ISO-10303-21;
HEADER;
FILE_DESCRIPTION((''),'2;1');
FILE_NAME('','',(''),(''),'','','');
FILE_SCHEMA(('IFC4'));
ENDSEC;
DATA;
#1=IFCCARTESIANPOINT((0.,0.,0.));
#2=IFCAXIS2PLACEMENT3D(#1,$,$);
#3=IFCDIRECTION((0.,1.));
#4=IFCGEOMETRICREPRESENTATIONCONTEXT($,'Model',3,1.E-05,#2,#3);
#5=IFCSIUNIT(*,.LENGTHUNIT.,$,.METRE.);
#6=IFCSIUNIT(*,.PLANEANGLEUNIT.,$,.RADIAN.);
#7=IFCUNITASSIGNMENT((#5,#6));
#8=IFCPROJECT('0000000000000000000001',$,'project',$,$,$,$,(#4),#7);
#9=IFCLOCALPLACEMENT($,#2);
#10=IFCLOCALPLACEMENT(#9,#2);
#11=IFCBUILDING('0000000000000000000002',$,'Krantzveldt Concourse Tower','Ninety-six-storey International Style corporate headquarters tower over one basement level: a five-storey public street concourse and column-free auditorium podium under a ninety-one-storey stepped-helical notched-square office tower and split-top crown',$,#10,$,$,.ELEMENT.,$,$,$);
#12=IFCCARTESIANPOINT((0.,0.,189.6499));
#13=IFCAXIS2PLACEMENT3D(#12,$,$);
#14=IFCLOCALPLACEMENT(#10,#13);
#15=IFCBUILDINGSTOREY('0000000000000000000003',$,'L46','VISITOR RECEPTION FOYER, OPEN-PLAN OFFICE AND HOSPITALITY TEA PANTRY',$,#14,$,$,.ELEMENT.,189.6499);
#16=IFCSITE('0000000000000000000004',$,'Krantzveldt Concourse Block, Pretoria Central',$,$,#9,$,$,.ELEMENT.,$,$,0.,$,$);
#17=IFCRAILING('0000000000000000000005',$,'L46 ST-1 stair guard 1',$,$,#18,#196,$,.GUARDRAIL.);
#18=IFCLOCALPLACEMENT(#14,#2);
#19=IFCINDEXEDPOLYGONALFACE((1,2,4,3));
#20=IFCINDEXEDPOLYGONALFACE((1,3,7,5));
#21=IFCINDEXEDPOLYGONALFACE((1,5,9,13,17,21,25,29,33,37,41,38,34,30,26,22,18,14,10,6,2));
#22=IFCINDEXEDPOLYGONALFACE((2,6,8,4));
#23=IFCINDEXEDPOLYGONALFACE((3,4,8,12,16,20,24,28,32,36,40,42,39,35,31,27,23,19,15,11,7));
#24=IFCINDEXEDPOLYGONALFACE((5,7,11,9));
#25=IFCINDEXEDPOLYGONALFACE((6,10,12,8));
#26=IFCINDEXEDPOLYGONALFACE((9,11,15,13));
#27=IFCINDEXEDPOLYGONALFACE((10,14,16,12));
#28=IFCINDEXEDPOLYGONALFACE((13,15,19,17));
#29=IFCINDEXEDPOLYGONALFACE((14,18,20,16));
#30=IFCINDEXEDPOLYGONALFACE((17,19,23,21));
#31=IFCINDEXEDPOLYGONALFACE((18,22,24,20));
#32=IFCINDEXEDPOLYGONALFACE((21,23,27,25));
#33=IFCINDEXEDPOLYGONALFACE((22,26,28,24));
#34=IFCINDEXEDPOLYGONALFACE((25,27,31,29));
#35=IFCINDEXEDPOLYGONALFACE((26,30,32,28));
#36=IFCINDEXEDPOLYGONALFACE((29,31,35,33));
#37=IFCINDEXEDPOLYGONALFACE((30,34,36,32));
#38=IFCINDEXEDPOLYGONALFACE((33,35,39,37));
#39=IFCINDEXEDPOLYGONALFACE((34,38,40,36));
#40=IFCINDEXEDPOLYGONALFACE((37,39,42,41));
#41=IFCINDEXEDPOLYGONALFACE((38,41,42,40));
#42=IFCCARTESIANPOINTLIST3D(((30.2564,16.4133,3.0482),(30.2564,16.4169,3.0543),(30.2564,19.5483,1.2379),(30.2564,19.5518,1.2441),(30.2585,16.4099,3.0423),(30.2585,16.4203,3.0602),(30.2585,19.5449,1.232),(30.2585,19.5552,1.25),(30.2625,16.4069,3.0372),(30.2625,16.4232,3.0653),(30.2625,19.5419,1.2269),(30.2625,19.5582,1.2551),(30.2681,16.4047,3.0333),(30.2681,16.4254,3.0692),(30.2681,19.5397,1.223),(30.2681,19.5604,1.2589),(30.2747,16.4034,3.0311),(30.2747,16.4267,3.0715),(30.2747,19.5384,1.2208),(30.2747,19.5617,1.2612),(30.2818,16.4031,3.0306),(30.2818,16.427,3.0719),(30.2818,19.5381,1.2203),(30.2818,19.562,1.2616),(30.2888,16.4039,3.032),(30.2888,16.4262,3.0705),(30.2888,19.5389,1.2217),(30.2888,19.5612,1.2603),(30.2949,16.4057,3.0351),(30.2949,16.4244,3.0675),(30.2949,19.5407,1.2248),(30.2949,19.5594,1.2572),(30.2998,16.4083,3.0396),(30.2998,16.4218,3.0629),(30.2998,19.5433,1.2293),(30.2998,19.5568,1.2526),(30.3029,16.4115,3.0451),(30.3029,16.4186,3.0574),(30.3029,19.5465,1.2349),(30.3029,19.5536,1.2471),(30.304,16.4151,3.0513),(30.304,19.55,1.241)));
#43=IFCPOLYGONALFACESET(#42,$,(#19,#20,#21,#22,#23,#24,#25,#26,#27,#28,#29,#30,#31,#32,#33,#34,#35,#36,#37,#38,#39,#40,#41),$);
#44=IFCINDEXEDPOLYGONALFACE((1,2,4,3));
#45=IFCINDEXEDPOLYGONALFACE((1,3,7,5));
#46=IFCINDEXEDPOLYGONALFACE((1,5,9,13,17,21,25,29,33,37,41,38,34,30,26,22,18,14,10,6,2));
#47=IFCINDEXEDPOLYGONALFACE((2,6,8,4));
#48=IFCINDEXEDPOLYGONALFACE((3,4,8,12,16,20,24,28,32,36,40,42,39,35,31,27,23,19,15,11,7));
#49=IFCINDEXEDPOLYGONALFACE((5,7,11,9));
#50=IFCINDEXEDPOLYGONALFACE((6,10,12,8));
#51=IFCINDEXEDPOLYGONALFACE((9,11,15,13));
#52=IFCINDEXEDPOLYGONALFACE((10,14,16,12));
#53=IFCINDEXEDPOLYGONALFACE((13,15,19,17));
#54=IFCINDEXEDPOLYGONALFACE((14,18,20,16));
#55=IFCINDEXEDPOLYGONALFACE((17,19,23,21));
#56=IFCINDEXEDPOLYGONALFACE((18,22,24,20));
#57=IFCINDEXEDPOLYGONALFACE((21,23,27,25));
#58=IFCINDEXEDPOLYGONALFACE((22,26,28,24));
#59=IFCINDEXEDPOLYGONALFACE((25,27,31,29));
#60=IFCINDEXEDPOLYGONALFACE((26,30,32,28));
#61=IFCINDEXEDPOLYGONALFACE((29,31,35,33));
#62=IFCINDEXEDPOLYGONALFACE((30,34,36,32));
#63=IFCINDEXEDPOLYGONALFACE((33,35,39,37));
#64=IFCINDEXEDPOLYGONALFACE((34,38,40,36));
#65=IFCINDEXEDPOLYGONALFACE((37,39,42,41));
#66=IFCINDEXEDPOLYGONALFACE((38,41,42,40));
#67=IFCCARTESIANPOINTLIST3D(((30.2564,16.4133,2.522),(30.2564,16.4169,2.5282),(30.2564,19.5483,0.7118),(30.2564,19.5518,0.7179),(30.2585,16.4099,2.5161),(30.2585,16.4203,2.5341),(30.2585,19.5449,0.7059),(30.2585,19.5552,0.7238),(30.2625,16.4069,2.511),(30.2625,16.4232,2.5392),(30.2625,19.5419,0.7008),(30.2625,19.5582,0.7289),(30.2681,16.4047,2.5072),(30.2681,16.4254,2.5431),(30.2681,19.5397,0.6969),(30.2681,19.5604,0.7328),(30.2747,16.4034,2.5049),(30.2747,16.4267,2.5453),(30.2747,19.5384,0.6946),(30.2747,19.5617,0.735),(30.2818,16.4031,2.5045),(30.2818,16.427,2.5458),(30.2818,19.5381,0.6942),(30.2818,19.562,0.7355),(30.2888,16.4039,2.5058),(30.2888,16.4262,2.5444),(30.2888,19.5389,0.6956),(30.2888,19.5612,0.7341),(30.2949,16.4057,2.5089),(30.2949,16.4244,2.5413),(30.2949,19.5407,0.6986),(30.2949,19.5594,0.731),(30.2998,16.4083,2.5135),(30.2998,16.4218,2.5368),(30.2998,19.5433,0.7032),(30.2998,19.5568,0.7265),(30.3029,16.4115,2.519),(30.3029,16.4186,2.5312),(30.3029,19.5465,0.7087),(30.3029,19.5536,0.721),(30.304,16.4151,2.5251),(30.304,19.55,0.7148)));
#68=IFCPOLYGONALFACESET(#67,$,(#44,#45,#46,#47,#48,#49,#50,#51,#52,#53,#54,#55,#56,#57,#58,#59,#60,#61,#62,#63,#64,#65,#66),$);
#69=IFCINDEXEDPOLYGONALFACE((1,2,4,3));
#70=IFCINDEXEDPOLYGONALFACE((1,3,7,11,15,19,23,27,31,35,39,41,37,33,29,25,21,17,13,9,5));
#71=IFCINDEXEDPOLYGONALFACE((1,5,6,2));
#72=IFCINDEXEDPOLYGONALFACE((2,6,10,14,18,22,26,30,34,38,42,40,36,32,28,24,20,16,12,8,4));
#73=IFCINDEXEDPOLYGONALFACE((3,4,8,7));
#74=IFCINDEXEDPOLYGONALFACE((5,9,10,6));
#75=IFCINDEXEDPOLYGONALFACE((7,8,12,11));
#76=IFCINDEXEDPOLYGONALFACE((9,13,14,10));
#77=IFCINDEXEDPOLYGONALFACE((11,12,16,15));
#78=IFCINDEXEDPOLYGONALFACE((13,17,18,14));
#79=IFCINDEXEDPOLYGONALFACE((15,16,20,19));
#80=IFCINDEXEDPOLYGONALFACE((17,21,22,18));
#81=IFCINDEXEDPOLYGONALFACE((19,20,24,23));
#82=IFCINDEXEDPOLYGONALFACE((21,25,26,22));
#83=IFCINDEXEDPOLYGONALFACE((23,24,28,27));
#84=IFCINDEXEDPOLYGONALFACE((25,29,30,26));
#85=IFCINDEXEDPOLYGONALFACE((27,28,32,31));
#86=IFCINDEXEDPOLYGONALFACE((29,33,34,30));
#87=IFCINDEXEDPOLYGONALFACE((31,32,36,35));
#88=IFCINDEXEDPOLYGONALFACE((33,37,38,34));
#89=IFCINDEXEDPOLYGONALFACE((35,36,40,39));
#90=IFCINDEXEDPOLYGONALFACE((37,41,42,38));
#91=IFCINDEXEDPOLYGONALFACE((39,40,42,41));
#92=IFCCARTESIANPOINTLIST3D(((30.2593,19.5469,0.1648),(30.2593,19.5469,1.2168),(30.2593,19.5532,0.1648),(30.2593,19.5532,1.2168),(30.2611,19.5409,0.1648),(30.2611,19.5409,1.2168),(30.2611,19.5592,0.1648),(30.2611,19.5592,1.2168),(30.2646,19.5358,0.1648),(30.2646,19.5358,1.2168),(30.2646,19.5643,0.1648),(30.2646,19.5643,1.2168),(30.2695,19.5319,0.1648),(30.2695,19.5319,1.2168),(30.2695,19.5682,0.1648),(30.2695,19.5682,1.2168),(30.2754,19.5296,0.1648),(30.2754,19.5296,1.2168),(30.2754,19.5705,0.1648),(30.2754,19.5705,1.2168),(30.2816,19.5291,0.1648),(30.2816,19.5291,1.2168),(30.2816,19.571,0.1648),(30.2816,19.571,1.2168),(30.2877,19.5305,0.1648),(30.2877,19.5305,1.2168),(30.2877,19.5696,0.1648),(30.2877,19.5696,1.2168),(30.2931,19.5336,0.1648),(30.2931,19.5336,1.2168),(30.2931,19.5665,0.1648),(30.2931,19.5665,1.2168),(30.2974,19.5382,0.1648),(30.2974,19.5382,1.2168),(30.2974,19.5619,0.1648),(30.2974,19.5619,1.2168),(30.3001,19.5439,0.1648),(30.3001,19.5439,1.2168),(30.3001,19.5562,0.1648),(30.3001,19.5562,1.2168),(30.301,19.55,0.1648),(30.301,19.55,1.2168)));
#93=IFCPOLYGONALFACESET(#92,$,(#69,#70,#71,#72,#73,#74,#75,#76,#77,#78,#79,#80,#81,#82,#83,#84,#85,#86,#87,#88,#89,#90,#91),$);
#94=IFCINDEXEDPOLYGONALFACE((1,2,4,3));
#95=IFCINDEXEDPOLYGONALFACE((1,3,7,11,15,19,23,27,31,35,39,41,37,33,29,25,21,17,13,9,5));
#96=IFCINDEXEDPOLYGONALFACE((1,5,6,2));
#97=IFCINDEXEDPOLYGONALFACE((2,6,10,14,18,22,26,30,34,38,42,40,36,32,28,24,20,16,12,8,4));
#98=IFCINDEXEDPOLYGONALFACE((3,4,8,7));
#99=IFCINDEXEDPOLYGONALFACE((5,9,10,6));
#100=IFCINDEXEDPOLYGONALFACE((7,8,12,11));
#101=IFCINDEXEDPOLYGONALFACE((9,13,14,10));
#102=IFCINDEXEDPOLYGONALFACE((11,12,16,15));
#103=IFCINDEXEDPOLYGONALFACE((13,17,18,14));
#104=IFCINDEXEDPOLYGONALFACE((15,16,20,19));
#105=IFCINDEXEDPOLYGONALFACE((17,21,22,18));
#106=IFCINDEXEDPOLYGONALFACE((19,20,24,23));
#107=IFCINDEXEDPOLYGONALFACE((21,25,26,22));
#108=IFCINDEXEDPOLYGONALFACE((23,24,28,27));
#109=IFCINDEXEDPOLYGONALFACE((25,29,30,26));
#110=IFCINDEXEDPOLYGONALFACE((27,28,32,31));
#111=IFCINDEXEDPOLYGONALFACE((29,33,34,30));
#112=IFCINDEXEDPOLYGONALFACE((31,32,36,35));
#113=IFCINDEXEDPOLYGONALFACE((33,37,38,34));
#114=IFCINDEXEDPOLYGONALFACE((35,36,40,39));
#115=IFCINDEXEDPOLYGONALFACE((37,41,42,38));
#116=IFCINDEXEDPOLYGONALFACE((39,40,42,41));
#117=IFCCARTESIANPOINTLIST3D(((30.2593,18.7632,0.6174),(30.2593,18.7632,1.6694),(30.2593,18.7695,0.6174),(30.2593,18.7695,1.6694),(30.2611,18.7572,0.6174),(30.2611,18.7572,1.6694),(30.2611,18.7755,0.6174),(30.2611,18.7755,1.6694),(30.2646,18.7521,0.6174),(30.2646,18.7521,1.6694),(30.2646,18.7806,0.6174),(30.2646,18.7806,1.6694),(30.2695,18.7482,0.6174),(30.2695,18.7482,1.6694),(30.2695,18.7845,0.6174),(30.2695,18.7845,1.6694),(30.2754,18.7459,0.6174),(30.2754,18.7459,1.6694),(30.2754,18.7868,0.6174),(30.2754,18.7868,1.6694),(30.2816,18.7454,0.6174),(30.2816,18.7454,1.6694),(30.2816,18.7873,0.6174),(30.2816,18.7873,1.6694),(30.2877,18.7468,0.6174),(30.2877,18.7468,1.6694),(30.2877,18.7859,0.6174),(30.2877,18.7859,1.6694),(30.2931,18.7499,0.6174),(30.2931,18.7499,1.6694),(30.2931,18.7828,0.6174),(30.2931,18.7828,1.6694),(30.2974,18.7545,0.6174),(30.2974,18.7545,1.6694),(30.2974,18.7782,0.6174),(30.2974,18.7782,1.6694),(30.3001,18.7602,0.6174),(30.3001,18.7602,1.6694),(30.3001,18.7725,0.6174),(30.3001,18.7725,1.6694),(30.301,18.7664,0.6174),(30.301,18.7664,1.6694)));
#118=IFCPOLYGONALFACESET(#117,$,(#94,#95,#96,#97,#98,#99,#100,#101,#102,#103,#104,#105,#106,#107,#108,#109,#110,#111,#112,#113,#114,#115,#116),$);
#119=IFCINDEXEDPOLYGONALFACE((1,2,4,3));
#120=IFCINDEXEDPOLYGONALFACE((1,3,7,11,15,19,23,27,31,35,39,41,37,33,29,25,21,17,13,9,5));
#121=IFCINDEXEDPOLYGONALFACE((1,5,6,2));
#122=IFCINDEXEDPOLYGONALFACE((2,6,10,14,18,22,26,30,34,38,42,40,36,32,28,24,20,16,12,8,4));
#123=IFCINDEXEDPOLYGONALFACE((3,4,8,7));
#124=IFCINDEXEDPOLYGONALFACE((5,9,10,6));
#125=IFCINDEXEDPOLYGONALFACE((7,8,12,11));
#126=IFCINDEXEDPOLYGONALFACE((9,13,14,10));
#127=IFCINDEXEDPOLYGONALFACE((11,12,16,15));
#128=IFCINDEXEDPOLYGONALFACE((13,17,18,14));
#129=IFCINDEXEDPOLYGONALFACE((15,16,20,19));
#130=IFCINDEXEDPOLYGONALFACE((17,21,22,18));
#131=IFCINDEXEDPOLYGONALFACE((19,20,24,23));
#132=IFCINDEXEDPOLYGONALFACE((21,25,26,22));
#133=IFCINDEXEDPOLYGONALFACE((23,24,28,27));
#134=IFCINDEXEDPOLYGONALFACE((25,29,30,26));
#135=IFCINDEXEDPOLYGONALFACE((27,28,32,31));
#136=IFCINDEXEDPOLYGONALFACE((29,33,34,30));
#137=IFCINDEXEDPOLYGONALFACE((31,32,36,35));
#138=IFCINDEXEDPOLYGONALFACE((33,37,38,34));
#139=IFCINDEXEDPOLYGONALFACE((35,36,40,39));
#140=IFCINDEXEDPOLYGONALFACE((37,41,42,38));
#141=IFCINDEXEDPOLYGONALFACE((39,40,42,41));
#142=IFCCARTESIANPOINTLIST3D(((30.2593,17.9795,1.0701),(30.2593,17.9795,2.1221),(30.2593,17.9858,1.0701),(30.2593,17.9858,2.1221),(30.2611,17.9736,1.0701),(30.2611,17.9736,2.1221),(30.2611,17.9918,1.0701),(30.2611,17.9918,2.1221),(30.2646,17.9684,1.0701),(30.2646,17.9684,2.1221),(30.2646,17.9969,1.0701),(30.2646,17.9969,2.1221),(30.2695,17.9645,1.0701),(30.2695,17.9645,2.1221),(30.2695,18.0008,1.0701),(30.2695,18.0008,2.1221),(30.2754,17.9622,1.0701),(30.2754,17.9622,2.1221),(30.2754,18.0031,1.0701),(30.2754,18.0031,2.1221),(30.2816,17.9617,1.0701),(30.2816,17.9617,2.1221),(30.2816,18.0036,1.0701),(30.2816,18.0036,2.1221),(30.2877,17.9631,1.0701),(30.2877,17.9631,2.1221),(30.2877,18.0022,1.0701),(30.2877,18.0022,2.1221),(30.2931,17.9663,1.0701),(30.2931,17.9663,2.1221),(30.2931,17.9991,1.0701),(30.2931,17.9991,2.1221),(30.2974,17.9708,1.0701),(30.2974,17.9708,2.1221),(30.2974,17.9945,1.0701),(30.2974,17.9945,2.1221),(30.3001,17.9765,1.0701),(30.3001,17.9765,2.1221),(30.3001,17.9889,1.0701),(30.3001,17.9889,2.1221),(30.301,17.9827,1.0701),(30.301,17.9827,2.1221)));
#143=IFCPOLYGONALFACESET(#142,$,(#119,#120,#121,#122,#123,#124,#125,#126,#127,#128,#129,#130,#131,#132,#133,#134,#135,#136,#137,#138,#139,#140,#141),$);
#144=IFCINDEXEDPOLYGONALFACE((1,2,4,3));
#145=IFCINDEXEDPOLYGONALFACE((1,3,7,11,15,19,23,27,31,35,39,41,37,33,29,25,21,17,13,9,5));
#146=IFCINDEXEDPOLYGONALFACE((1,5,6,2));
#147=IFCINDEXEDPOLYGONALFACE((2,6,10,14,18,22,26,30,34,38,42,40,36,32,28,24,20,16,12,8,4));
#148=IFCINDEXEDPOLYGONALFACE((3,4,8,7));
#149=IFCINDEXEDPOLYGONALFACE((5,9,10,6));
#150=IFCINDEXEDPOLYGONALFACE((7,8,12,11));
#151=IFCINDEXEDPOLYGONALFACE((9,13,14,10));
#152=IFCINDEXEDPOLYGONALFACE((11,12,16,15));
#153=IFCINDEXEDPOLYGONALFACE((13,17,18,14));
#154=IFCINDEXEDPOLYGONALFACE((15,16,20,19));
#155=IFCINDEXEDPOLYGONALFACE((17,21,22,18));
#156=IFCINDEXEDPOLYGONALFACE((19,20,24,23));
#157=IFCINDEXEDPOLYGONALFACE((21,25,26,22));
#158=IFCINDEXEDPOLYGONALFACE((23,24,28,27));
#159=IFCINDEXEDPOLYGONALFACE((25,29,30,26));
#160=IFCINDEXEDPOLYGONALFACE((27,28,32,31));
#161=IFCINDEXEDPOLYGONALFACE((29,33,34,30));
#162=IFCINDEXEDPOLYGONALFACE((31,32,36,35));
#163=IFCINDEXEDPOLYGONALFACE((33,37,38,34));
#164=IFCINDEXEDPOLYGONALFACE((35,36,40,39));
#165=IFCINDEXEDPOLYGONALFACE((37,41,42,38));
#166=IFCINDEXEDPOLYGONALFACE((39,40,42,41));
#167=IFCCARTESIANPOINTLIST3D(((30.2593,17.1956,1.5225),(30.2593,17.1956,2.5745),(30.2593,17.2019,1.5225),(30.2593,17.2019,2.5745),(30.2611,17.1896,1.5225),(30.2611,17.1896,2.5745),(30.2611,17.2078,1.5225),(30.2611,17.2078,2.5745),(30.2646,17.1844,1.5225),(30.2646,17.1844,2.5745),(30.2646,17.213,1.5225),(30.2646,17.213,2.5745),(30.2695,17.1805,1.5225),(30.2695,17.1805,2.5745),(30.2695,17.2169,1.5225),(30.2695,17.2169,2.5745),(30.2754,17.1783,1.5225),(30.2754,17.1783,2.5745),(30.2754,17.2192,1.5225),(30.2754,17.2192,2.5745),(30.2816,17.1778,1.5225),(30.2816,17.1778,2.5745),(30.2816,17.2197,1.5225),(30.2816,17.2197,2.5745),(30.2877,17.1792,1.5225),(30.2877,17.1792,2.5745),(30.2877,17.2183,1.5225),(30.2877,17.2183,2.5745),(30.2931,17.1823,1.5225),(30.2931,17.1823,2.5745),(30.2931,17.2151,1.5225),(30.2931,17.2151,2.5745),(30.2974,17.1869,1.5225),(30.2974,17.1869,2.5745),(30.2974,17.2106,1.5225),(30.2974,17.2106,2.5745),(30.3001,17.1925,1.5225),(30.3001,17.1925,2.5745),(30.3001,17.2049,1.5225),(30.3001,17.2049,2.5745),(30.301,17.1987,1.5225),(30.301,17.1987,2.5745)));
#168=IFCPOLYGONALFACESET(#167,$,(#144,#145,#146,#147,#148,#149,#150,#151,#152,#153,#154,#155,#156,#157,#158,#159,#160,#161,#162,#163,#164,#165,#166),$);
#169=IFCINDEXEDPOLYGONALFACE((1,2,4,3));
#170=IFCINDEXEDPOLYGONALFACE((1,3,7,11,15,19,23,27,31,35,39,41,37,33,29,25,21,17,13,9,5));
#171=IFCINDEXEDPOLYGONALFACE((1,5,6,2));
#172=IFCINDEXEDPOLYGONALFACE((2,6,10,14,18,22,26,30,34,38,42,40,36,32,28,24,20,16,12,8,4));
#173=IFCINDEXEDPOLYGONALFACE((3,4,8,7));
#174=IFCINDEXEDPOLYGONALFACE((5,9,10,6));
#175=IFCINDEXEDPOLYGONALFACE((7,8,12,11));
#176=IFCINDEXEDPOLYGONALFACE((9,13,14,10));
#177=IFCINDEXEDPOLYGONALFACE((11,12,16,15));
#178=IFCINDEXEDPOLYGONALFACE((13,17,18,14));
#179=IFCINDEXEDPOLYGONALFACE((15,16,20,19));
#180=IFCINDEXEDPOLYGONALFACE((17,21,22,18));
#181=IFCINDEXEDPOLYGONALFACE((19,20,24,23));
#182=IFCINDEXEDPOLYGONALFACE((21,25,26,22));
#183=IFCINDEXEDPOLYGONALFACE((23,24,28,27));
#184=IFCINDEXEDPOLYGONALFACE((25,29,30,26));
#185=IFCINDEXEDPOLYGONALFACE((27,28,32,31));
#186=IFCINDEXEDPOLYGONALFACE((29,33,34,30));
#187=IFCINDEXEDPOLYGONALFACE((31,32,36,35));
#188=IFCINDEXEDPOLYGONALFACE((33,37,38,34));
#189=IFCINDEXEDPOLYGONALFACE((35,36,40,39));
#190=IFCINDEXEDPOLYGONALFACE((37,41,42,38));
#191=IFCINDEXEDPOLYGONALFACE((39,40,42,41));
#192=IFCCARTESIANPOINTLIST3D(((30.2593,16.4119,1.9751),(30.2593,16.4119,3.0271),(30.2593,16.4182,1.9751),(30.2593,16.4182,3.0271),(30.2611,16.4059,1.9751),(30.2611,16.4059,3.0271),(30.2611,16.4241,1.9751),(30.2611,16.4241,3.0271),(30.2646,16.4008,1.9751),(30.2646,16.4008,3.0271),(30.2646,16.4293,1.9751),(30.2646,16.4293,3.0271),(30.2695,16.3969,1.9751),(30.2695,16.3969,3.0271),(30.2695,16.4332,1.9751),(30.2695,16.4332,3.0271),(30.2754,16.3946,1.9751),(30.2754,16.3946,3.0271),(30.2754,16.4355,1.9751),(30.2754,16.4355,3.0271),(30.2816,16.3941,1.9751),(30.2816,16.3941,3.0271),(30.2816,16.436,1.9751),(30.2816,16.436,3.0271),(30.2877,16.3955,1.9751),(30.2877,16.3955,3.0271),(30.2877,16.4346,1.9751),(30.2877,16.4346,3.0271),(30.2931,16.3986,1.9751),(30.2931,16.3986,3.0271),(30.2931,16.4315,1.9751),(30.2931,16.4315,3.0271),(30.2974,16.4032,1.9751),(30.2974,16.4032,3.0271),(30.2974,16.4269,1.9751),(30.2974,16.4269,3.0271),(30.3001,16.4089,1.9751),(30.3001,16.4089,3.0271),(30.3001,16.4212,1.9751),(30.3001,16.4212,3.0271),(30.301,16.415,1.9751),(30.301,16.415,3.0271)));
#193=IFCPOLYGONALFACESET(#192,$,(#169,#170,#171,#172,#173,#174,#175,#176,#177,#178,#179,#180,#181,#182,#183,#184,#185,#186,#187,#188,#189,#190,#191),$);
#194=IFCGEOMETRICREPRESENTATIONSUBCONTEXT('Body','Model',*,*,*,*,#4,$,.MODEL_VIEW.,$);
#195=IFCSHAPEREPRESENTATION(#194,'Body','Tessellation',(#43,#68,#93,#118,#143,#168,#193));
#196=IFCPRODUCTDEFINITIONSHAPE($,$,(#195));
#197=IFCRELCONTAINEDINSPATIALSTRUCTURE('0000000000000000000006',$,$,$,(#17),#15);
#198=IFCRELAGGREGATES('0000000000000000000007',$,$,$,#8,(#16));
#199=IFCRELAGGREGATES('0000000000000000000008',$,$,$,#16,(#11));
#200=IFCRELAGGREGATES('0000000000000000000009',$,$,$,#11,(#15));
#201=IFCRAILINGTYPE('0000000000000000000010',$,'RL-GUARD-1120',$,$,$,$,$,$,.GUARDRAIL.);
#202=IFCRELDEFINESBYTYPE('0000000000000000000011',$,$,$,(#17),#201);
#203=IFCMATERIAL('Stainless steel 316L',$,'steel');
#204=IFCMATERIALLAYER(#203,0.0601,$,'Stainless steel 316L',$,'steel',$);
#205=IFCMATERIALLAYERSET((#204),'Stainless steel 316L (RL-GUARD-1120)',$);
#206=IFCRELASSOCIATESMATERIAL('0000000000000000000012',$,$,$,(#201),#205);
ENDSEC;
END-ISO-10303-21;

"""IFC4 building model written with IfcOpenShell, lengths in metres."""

from ifc_helpers import new_model, si_unit, direction, frame, origin, origin_2d, place, context, subcontext, project, spatial, circle, extrude, material, layer, layer_set, type_object, element, save


model = new_model("IFC4")

# Units and contexts
model_context = context("Model", 3, precision=1e-05, world=origin(), true_north=direction((0.0, 1.0)))
body_context = subcontext(model_context, "Body", "Model", "MODEL_VIEW")
ifc_project = project(units=[si_unit("LENGTHUNIT", "METRE"), si_unit("PLANEANGLEUNIT", "RADIAN")], contexts=[model_context])

# Site, building, storey
site_placement = place(None, origin())
site = spatial("IfcSite", under=ifc_project, at=site_placement, Name="Krantzveldt Concourse Block, Pretoria Central", CompositionType="ELEMENT", RefElevation=0.0)
building_placement = place(site_placement, origin())
building = spatial("IfcBuilding", under=site, at=building_placement, Name="Krantzveldt Concourse Tower", Description="Ninety-six-storey International Style corporate headquarters tower over one basement level: a five-storey public street concourse and column-free auditorium podium under a ninety-one-storey stepped-helical notched-square office tower and split-top crown", CompositionType="ELEMENT")
storey_placement = place(building_placement, frame((0.0, 0.0, 189.6499)))
storey = spatial("IfcBuildingStorey", under=building, at=storey_placement, Name="L46", Description="VISITOR RECEPTION FOYER, OPEN-PLAN OFFICE AND HOSPITALITY TEA PANTRY", CompositionType="ELEMENT", Elevation=189.6499)

# Railing
ifc_material_1 = material(Name="Stainless steel 316L", Category="steel")
ifc_layer_1 = layer(ifc_material_1, 0.0601, Name="Stainless steel 316L", Category="steel")
ifc_layer_set_1 = layer_set([ifc_layer_1], Name="Stainless steel 316L (RL-GUARD-1120)")
railing_type_1 = type_object("IfcRailingType", Name="RL-GUARD-1120", PredefinedType="GUARDRAIL", material=ifc_layer_set_1)
railing_1_placement = place(storey_placement, frame((30.28, 19.55, 0.1648)))
element("IfcRailing", 1, at=railing_1_placement, inside=storey, type_object=railing_type_1, Name="L46 ST-1 stair guard 1", PredefinedType="GUARDRAIL", context=body_context, shape_type="SweptSolid", body=[
    extrude(circle(Radius=0.0239, at=origin_2d()), frame((0.0, 0.0, 1.0762), z_axis=(0.0, -0.865989, 0.500063), x_axis=(1.0, 0.0, 0.0)), (0.0, 0.0, 1.0), 3.6201),
    extrude(circle(Radius=0.0239, at=origin_2d()), frame((0.0, 0.0, 0.55), z_axis=(0.0, -0.865989, 0.500063), x_axis=(1.0, 0.0, 0.0)), (0.0, 0.0, 1.0), 3.6201),
    extrude(circle(Radius=0.021, at=origin_2d()), origin(), (0.0, 0.0, 1.0), 1.052),
    extrude(circle(Radius=0.021, at=origin_2d()), frame((0.0, -0.7837, 0.4526)), (0.0, 0.0, 1.0), 1.052),
    extrude(circle(Radius=0.021, at=origin_2d()), frame((0.0, -1.5674, 0.9053)), (0.0, 0.0, 1.0), 1.052),
    extrude(circle(Radius=0.021, at=origin_2d()), frame((0.0, -2.3513, 1.3577)), (0.0, 0.0, 1.0), 1.052),
    extrude(circle(Radius=0.021, at=origin_2d()), frame((0.0, -3.135, 1.8103)), (0.0, 0.0, 1.0), 1.052),
])

save(model, "model.ifc")
